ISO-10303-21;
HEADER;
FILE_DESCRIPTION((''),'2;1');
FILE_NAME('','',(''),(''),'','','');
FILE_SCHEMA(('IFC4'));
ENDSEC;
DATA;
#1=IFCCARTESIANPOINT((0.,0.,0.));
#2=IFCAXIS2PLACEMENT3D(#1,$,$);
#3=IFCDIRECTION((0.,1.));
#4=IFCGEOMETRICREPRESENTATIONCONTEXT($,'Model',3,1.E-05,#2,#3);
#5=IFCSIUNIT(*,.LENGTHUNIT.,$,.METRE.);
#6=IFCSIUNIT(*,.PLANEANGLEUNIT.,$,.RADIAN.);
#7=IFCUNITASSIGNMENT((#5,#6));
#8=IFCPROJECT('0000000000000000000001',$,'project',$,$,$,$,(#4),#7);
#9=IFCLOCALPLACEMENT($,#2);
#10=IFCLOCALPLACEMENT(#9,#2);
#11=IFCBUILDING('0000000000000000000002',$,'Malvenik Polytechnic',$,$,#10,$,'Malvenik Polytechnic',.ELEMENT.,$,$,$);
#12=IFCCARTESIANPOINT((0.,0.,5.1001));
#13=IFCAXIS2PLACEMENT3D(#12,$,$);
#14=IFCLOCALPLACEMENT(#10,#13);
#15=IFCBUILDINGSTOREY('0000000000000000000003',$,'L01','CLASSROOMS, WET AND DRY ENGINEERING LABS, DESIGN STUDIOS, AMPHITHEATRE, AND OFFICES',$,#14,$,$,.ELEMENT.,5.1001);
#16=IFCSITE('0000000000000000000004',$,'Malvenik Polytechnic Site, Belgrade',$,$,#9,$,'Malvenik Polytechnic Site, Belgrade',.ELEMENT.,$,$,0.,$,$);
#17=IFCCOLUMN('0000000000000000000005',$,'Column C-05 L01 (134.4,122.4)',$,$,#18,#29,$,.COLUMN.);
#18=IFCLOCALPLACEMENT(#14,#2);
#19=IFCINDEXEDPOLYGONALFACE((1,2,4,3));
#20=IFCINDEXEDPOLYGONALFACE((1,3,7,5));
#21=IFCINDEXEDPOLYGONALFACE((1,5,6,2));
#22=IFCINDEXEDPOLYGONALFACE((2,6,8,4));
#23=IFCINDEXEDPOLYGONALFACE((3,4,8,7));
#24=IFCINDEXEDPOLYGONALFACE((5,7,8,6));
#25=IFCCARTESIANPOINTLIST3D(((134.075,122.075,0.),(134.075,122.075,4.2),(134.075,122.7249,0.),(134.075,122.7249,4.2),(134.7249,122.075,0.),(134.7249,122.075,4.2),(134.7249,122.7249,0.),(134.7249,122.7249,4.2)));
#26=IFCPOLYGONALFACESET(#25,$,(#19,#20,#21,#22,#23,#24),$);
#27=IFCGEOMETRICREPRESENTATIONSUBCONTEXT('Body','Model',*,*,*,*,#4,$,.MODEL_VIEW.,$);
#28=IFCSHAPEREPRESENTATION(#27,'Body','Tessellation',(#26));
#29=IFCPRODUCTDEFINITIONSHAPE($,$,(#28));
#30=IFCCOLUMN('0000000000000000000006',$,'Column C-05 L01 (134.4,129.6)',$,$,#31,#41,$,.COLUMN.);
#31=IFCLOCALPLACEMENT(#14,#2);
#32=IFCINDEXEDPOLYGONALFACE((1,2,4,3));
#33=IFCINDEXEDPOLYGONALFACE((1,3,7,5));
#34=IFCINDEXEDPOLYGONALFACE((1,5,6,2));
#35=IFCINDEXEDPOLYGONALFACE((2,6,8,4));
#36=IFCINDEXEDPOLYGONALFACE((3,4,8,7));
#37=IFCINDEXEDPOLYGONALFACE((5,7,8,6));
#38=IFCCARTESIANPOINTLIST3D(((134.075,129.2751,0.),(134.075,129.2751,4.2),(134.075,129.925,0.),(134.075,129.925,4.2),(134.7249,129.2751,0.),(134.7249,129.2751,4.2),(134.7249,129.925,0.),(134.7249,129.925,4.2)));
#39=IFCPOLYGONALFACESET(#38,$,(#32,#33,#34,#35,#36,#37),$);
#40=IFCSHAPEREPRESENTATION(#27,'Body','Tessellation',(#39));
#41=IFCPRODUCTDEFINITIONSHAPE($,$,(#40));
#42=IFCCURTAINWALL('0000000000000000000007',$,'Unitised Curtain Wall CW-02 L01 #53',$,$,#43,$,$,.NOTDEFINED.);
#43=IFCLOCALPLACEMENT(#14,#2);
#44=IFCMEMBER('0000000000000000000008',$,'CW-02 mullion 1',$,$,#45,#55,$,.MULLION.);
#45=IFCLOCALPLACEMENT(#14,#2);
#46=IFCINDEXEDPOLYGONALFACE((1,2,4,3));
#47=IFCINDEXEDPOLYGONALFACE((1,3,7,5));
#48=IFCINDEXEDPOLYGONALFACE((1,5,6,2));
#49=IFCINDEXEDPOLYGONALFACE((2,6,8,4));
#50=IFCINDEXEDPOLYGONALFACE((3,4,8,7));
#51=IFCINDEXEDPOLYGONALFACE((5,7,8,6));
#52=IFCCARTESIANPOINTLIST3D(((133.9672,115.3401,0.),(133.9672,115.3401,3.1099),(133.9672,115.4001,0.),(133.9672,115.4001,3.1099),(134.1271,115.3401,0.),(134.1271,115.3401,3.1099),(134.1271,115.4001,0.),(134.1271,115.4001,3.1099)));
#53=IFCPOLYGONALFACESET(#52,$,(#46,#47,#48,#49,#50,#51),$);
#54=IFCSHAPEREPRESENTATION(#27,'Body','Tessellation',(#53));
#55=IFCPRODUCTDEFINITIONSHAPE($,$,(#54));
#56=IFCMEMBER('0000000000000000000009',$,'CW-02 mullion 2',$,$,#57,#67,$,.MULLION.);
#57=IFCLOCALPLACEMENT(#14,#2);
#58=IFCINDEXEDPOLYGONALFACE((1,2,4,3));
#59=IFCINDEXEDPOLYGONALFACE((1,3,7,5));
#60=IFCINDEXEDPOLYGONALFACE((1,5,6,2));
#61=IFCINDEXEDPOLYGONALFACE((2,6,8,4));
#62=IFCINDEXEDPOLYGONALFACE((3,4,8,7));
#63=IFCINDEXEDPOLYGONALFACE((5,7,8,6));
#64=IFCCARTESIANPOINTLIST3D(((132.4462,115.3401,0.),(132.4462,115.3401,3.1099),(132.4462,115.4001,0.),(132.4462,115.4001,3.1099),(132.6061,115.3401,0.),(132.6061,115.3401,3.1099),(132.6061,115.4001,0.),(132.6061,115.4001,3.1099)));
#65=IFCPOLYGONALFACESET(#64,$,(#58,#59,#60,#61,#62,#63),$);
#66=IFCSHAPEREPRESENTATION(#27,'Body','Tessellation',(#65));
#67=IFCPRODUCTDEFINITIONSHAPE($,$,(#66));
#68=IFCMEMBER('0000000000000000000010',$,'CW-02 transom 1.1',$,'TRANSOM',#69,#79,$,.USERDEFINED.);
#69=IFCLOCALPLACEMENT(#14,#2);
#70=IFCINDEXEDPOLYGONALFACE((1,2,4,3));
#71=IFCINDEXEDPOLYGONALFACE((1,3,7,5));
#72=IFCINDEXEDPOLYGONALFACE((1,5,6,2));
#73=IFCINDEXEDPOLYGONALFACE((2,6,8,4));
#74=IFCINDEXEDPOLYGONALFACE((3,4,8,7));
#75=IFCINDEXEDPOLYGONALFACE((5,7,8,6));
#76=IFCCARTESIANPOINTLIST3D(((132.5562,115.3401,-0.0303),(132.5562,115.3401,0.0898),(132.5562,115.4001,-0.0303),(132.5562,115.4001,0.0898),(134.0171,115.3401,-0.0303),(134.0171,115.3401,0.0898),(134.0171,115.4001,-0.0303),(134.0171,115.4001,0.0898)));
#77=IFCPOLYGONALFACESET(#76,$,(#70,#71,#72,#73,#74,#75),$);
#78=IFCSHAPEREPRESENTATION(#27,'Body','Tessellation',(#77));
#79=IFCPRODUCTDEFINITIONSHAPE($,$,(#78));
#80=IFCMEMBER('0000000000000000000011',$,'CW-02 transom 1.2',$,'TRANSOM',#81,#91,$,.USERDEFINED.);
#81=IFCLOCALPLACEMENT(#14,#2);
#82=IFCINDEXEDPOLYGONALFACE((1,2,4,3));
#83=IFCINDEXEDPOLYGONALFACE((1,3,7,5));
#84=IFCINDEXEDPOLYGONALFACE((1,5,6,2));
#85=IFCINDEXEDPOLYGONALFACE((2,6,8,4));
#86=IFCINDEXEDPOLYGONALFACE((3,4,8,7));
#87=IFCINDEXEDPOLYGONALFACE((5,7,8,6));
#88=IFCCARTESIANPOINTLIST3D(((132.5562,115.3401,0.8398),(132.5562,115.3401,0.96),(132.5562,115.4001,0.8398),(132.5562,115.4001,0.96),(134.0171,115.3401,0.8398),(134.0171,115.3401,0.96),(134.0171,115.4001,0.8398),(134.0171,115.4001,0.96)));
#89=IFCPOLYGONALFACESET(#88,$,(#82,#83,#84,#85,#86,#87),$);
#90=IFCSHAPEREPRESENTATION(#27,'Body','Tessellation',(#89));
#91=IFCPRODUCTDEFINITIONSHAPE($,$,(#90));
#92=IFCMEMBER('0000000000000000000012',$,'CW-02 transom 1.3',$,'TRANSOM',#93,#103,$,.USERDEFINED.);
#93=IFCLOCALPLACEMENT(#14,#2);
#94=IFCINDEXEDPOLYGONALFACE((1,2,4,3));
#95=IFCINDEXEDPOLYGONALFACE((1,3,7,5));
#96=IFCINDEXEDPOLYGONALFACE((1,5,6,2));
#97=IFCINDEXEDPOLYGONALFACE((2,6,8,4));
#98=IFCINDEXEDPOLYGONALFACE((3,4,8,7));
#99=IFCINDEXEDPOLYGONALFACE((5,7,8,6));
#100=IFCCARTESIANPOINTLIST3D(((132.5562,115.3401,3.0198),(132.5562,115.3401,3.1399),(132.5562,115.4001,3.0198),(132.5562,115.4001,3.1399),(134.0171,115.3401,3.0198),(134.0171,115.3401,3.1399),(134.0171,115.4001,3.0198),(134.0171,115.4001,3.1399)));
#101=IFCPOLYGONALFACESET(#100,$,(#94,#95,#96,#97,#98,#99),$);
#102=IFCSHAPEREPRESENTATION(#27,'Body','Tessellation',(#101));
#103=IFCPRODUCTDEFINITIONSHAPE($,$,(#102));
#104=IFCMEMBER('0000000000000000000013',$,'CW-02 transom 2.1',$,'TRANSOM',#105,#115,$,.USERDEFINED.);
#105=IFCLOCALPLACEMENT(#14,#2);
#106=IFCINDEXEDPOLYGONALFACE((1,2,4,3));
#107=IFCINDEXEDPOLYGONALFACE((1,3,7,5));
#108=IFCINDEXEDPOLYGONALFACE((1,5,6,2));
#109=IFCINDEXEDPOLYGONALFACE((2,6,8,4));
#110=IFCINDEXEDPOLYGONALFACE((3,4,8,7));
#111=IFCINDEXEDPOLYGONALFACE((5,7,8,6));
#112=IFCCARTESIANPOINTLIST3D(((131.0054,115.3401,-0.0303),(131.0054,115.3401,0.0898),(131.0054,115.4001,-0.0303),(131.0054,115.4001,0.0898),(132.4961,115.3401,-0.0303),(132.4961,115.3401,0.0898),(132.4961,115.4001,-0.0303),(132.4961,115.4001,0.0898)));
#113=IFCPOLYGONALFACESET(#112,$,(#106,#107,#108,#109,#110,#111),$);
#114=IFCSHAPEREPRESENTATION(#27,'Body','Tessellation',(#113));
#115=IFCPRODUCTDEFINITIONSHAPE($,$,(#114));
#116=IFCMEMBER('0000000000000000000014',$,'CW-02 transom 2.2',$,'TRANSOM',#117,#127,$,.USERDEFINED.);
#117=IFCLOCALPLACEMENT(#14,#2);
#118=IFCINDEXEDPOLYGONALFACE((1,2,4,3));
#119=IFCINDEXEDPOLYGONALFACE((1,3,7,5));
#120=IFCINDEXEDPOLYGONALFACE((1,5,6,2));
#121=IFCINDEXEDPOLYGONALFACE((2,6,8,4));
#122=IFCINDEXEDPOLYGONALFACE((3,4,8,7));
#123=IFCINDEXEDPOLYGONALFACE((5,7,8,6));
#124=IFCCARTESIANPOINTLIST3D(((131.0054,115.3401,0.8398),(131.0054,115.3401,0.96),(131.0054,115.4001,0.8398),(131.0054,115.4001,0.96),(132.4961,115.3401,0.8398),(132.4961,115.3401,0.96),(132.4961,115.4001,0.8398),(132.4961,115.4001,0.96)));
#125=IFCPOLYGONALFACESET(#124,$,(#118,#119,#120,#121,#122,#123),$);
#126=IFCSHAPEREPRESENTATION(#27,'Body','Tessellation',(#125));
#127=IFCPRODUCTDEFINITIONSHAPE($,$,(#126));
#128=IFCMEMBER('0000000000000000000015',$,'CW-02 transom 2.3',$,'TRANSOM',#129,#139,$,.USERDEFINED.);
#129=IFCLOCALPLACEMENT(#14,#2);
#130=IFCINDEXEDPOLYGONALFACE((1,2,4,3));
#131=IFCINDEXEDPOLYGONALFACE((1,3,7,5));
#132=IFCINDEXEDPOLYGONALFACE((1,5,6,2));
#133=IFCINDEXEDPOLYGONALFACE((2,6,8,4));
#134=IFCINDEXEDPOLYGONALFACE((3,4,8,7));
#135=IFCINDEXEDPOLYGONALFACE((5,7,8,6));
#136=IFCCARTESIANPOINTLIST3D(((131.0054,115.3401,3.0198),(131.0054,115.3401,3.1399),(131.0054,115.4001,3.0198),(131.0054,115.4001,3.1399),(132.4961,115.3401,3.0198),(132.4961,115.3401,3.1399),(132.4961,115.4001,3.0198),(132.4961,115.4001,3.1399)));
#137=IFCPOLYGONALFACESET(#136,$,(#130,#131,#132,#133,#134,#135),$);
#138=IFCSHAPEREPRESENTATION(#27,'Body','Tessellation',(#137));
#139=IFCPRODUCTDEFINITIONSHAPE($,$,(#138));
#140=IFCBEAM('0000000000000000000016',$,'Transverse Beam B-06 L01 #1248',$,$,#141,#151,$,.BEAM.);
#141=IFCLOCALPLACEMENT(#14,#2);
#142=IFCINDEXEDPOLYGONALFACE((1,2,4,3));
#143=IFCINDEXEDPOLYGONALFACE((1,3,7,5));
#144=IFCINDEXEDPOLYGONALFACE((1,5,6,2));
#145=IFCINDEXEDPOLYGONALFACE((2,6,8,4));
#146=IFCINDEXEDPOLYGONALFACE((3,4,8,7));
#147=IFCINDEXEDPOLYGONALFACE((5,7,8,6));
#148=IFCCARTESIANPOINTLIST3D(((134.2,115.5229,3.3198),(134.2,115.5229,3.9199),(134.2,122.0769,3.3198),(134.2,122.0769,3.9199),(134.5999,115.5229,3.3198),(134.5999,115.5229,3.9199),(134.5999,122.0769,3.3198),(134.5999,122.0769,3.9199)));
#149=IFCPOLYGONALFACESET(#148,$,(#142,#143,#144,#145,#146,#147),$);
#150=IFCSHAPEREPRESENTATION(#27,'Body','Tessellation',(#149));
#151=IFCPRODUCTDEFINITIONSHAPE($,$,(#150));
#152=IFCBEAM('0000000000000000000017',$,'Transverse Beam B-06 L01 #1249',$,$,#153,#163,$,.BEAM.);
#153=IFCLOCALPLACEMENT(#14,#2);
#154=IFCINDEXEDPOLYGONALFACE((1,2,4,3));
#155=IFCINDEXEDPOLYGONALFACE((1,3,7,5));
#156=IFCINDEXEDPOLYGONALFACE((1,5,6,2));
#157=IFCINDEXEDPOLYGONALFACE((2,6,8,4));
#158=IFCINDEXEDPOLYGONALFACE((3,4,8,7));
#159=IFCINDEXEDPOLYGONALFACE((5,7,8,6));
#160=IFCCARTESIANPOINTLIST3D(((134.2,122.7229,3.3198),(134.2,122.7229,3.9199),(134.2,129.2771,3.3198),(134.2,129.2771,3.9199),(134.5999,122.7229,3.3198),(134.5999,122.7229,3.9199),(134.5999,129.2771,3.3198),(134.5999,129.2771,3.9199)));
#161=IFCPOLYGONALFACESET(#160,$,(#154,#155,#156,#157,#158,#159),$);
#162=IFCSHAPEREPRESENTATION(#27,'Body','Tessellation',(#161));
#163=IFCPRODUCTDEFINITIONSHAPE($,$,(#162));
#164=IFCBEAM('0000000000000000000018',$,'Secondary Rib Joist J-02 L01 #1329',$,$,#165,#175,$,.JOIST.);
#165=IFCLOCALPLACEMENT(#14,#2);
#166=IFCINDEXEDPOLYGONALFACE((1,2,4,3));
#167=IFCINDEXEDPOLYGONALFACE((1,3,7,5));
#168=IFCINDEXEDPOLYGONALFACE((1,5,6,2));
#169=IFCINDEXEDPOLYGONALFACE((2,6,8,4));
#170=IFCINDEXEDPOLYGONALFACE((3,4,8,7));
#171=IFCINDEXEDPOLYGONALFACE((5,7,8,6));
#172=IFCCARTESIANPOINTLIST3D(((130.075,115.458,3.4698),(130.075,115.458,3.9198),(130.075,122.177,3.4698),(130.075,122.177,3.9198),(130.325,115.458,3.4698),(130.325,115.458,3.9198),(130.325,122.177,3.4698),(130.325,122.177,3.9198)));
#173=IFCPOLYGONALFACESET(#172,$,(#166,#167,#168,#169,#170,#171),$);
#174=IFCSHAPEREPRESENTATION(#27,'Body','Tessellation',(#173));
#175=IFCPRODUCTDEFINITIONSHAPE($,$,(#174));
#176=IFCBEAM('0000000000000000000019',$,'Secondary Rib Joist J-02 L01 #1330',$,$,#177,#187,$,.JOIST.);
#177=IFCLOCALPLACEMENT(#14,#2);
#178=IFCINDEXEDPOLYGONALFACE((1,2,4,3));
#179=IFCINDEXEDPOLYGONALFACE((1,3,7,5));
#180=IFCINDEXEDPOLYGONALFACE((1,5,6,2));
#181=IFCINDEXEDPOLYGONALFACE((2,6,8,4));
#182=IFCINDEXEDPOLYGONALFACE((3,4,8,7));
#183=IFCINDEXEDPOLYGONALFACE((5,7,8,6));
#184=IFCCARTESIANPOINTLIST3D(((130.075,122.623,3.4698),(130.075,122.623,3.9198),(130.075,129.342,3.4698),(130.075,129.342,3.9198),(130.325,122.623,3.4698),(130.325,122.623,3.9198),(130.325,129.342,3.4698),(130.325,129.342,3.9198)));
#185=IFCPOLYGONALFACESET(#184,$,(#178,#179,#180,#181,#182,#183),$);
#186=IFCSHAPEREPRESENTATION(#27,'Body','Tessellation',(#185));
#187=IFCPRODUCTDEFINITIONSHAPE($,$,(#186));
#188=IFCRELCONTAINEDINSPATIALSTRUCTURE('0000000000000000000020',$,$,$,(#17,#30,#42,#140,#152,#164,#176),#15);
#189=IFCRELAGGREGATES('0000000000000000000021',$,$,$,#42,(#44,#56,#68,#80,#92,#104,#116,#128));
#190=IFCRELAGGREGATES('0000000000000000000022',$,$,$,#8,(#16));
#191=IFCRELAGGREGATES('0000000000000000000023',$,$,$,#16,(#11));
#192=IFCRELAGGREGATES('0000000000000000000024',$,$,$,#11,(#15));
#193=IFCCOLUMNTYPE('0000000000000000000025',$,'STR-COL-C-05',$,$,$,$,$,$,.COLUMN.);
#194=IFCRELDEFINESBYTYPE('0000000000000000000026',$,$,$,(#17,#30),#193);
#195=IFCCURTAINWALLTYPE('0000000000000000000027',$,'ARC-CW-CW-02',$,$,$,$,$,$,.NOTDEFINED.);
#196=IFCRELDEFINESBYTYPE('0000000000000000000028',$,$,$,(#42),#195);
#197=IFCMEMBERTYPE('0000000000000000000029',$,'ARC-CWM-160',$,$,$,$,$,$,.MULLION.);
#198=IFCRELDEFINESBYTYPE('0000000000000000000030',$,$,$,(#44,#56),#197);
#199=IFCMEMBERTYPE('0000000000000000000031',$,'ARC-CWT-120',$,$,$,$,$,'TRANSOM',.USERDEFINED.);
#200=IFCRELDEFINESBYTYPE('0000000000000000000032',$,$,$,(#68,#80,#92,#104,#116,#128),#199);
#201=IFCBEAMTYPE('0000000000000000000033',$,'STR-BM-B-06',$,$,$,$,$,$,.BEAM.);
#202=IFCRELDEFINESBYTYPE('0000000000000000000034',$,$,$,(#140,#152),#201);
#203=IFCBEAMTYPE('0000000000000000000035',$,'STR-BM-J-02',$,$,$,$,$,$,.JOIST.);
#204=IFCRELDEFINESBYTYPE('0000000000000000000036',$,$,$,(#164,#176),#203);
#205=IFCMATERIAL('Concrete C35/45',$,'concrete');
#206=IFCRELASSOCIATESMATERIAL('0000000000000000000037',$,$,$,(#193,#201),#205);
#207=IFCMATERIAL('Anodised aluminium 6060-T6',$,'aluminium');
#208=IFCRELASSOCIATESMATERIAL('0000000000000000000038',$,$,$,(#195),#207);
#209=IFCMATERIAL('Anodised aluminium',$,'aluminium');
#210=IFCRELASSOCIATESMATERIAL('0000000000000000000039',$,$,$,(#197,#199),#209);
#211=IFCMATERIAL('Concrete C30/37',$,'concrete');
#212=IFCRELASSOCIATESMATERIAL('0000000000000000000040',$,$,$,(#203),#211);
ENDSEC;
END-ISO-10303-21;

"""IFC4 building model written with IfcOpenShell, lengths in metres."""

from ifc_helpers import new_model, si_unit, direction, frame, origin, origin_2d, place, context, subcontext, project, spatial, rectangle, extrude, material, material_profile, profile_set, type_object, element, aggregate, save


model = new_model("IFC4")

# Units and contexts
model_context = context("Model", 3, precision=1e-05, world=origin(), true_north=direction((0.0, 1.0)))
body_context = subcontext(model_context, "Body", "Model", "MODEL_VIEW")
ifc_project = project(units=[si_unit("LENGTHUNIT", "METRE"), si_unit("PLANEANGLEUNIT", "RADIAN")], contexts=[model_context])

# Site, building, storey
site_placement = place(None, origin())
site = spatial("IfcSite", under=ifc_project, at=site_placement, Name="Malvenik Polytechnic Site, Belgrade", LongName="Malvenik Polytechnic Site, Belgrade", CompositionType="ELEMENT", RefElevation=0.0)
building_placement = place(site_placement, origin())
building = spatial("IfcBuilding", under=site, at=building_placement, Name="Malvenik Polytechnic", LongName="Malvenik Polytechnic", CompositionType="ELEMENT")
storey_placement = place(building_placement, frame((0.0, 0.0, 5.1001)))
storey = spatial("IfcBuildingStorey", under=building, at=storey_placement, Name="L01", Description="CLASSROOMS, WET AND DRY ENGINEERING LABS, DESIGN STUDIOS, AMPHITHEATRE, AND OFFICES", CompositionType="ELEMENT", Elevation=5.1001)

# Columns
ifc_material_1 = material(Name="Concrete C35/45", Category="concrete")
ifc_material_profile_1 = material_profile(ifc_material_1, rectangle(XDim=0.6499, YDim=0.6499, at=origin_2d()), Name="RC COL 650x650")
ifc_profile_set_1 = profile_set([ifc_material_profile_1], Name="Concrete C35/45")
column_type = type_object("IfcColumnType", Name="STR-COL-C-05", PredefinedType="COLUMN", material=ifc_profile_set_1)
for number, where, z_axis, x_axis, name in (
    (1, (134.3999, 122.3999, 0.0), (0.0, 0.0, 1.0), (1.0, 0.0, 0.0), "Column C-05 L01 (134.4,122.4)"),
    (2, (134.3999, 129.6001, 0.0), (0.0, 0.0, 1.0), (1.0, 0.0, 0.0), "Column C-05 L01 (134.4,129.6)"),
):
    element("IfcColumn", number, at=place(storey_placement, frame(where, z_axis=z_axis, x_axis=x_axis)), inside=storey, type_object=column_type, Name=name, PredefinedType="COLUMN", context=body_context, shape_type="SweptSolid", body=[
        extrude(rectangle(XDim=0.6499, YDim=0.6499, at=origin_2d()), origin(), (0.0, 0.0, 1.0), 4.2),
    ])

# Curtain wall, members
ifc_material_2 = material(Name="Anodised aluminium 6060-T6", Category="aluminium")
curtain_wall_type = type_object("IfcCurtainWallType", Name="ARC-CW-CW-02", PredefinedType="NOTDEFINED", material=ifc_material_2)
curtain_wall_placement = place(storey_placement, origin())
curtain_wall = element("IfcCurtainWall", 3, at=curtain_wall_placement, inside=storey, type_object=curtain_wall_type, Name="Unitised Curtain Wall CW-02 L01 #53", PredefinedType="NOTDEFINED")
ifc_material_3 = material(Name="Anodised aluminium", Category="aluminium")
ifc_material_profile_2 = material_profile(ifc_material_3, rectangle(XDim=0.0601, YDim=0.1599, at=origin_2d()), Name="ALU MULLION 60x160")
ifc_profile_set_2 = profile_set([ifc_material_profile_2], Name="Anodised aluminium")
member_type_1 = type_object("IfcMemberType", Name="ARC-CWM-160", PredefinedType="MULLION", material=ifc_profile_set_2)
member_1_placement = place(storey_placement, frame((134.0471, 115.3701, 0.0), z_axis=(0.0, 0.0, 1.0), x_axis=(0.0, -1.0, 0.0)))
member_1 = element("IfcMember", 4, at=member_1_placement, type_object=member_type_1, Name="CW-02 mullion 1", PredefinedType="MULLION", context=body_context, shape_type="SweptSolid", body=[
    extrude(rectangle(XDim=0.0601, YDim=0.1599, at=origin_2d()), origin(), (0.0, 0.0, 1.0), 3.1099),
])
member_2_placement = place(storey_placement, frame((132.5261, 115.3701, 0.0), z_axis=(0.0, 0.0, 1.0), x_axis=(0.0, -1.0, 0.0)))
member_2 = element("IfcMember", 5, at=member_2_placement, type_object=member_type_1, Name="CW-02 mullion 2", PredefinedType="MULLION", context=body_context, shape_type="SweptSolid", body=[
    extrude(rectangle(XDim=0.0601, YDim=0.1599, at=origin_2d()), origin(), (0.0, 0.0, 1.0), 3.1099),
])
ifc_material_profile_3 = material_profile(ifc_material_3, rectangle(XDim=0.0601, YDim=0.1201, at=origin_2d()), Name="ALU TRANSOM 60x120")
ifc_profile_set_3 = profile_set([ifc_material_profile_3], Name="Anodised aluminium")
member_type_2 = type_object("IfcMemberType", Name="ARC-CWT-120", ElementType="TRANSOM", PredefinedType="USERDEFINED", material=ifc_profile_set_3)
member_3_placement = place(storey_placement, frame((134.0171, 115.3701, 0.0298), z_axis=(-1.0, 0.0, 0.0), x_axis=(0.0, -1.0, 0.0)))
member_3 = element("IfcMember", 6, at=member_3_placement, type_object=member_type_2, Name="CW-02 transom 1.1", ObjectType="TRANSOM", PredefinedType="USERDEFINED", context=body_context, shape_type="SweptSolid", body=[
    extrude(rectangle(XDim=0.0601, YDim=0.1201, at=origin_2d()), origin(), (0.0, 0.0, 1.0), 1.4609),
])
member_4_placement = place(storey_placement, frame((134.0171, 115.3701, 0.8999), z_axis=(-1.0, 0.0, 0.0), x_axis=(0.0, -1.0, 0.0)))
member_4 = element("IfcMember", 7, at=member_4_placement, type_object=member_type_2, Name="CW-02 transom 1.2", ObjectType="TRANSOM", PredefinedType="USERDEFINED", context=body_context, shape_type="SweptSolid", body=[
    extrude(rectangle(XDim=0.0601, YDim=0.1201, at=origin_2d()), origin(), (0.0, 0.0, 1.0), 1.4609),
])
member_5_placement = place(storey_placement, frame((134.0171, 115.3701, 3.0798), z_axis=(-1.0, 0.0, 0.0), x_axis=(0.0, -1.0, 0.0)))
member_5 = element("IfcMember", 8, at=member_5_placement, type_object=member_type_2, Name="CW-02 transom 1.3", ObjectType="TRANSOM", PredefinedType="USERDEFINED", context=body_context, shape_type="SweptSolid", body=[
    extrude(rectangle(XDim=0.0601, YDim=0.1201, at=origin_2d()), origin(), (0.0, 0.0, 1.0), 1.4609),
])
member_6_placement = place(storey_placement, frame((132.4961, 115.3701, 0.0298), z_axis=(-1.0, 0.0, 0.0), x_axis=(0.0, -1.0, 0.0)))
member_6 = element("IfcMember", 9, at=member_6_placement, type_object=member_type_2, Name="CW-02 transom 2.1", ObjectType="TRANSOM", PredefinedType="USERDEFINED", context=body_context, shape_type="SweptSolid", body=[
    extrude(rectangle(XDim=0.0601, YDim=0.1201, at=origin_2d()), origin(), (0.0, 0.0, 1.0), 1.4907),
])
member_7_placement = place(storey_placement, frame((132.4961, 115.3701, 0.8999), z_axis=(-1.0, 0.0, 0.0), x_axis=(0.0, -1.0, 0.0)))
member_7 = element("IfcMember", 10, at=member_7_placement, type_object=member_type_2, Name="CW-02 transom 2.2", ObjectType="TRANSOM", PredefinedType="USERDEFINED", context=body_context, shape_type="SweptSolid", body=[
    extrude(rectangle(XDim=0.0601, YDim=0.1201, at=origin_2d()), origin(), (0.0, 0.0, 1.0), 1.4907),
])
member_8_placement = place(storey_placement, frame((132.4961, 115.3701, 3.0798), z_axis=(-1.0, 0.0, 0.0), x_axis=(0.0, -1.0, 0.0)))
member_8 = element("IfcMember", 11, at=member_8_placement, type_object=member_type_2, Name="CW-02 transom 2.3", ObjectType="TRANSOM", PredefinedType="USERDEFINED", context=body_context, shape_type="SweptSolid", body=[
    extrude(rectangle(XDim=0.0601, YDim=0.1201, at=origin_2d()), origin(), (0.0, 0.0, 1.0), 1.4907),
])

# Beams
ifc_material_profile_4 = material_profile(ifc_material_1, rectangle(XDim=0.3999, YDim=0.6001, at=origin_2d()), Name="RC BM 400x600")
ifc_profile_set_4 = profile_set([ifc_material_profile_4], Name="Concrete C35/45")
beam_type_1 = type_object("IfcBeamType", Name="STR-BM-B-06", PredefinedType="BEAM", material=ifc_profile_set_4)
beam_1_placement = place(storey_placement, frame((134.3999, 115.5229, 3.6199), z_axis=(0.0, 1.0, 0.0), x_axis=(-1.0, 0.0, 0.0)))
element("IfcBeam", 12, at=beam_1_placement, inside=storey, type_object=beam_type_1, Name="Transverse Beam B-06 L01 #1248", PredefinedType="BEAM", context=body_context, shape_type="SweptSolid", body=[
    extrude(rectangle(XDim=0.3999, YDim=0.6001, at=origin_2d()), origin(), (0.0, 0.0, 1.0), 6.554),
])
beam_2_placement = place(storey_placement, frame((134.3999, 122.7229, 3.6199), z_axis=(0.0, 1.0, 0.0), x_axis=(-1.0, 0.0, 0.0)))
element("IfcBeam", 13, at=beam_2_placement, inside=storey, type_object=beam_type_1, Name="Transverse Beam B-06 L01 #1249", PredefinedType="BEAM", context=body_context, shape_type="SweptSolid", body=[
    extrude(rectangle(XDim=0.3999, YDim=0.6001, at=origin_2d()), origin(), (0.0, 0.0, 1.0), 6.5542),
])
ifc_material_4 = material(Name="Concrete C30/37", Category="concrete")
ifc_material_profile_5 = material_profile(ifc_material_4, rectangle(XDim=0.25, YDim=0.45, at=origin_2d()), Name="RC JST 250x450")
ifc_profile_set_5 = profile_set([ifc_material_profile_5], Name="Concrete C30/37")
beam_type_2 = type_object("IfcBeamType", Name="STR-BM-J-02", PredefinedType="JOIST", material=ifc_profile_set_5)
for number, where, z_axis, x_axis, name in (
    (14, (130.2, 115.458, 3.6948), (0.0, 1.0, 0.0), (-1.0, 0.0, 0.0), "Secondary Rib Joist J-02 L01 #1329"),
    (15, (130.2, 122.623, 3.6948), (0.0, 1.0, 0.0), (-1.0, 0.0, 0.0), "Secondary Rib Joist J-02 L01 #1330"),
):
    element("IfcBeam", number, at=place(storey_placement, frame(where, z_axis=z_axis, x_axis=x_axis)), inside=storey, type_object=beam_type_2, Name=name, PredefinedType="JOIST", context=body_context, shape_type="SweptSolid", body=[
        extrude(rectangle(XDim=0.25, YDim=0.45, at=origin_2d()), origin(), (0.0, 0.0, 1.0), 6.719),
    ])

aggregate(curtain_wall, [member_1, member_2, member_3, member_4, member_5, member_6, member_7, member_8])

save(model, "model.ifc")
